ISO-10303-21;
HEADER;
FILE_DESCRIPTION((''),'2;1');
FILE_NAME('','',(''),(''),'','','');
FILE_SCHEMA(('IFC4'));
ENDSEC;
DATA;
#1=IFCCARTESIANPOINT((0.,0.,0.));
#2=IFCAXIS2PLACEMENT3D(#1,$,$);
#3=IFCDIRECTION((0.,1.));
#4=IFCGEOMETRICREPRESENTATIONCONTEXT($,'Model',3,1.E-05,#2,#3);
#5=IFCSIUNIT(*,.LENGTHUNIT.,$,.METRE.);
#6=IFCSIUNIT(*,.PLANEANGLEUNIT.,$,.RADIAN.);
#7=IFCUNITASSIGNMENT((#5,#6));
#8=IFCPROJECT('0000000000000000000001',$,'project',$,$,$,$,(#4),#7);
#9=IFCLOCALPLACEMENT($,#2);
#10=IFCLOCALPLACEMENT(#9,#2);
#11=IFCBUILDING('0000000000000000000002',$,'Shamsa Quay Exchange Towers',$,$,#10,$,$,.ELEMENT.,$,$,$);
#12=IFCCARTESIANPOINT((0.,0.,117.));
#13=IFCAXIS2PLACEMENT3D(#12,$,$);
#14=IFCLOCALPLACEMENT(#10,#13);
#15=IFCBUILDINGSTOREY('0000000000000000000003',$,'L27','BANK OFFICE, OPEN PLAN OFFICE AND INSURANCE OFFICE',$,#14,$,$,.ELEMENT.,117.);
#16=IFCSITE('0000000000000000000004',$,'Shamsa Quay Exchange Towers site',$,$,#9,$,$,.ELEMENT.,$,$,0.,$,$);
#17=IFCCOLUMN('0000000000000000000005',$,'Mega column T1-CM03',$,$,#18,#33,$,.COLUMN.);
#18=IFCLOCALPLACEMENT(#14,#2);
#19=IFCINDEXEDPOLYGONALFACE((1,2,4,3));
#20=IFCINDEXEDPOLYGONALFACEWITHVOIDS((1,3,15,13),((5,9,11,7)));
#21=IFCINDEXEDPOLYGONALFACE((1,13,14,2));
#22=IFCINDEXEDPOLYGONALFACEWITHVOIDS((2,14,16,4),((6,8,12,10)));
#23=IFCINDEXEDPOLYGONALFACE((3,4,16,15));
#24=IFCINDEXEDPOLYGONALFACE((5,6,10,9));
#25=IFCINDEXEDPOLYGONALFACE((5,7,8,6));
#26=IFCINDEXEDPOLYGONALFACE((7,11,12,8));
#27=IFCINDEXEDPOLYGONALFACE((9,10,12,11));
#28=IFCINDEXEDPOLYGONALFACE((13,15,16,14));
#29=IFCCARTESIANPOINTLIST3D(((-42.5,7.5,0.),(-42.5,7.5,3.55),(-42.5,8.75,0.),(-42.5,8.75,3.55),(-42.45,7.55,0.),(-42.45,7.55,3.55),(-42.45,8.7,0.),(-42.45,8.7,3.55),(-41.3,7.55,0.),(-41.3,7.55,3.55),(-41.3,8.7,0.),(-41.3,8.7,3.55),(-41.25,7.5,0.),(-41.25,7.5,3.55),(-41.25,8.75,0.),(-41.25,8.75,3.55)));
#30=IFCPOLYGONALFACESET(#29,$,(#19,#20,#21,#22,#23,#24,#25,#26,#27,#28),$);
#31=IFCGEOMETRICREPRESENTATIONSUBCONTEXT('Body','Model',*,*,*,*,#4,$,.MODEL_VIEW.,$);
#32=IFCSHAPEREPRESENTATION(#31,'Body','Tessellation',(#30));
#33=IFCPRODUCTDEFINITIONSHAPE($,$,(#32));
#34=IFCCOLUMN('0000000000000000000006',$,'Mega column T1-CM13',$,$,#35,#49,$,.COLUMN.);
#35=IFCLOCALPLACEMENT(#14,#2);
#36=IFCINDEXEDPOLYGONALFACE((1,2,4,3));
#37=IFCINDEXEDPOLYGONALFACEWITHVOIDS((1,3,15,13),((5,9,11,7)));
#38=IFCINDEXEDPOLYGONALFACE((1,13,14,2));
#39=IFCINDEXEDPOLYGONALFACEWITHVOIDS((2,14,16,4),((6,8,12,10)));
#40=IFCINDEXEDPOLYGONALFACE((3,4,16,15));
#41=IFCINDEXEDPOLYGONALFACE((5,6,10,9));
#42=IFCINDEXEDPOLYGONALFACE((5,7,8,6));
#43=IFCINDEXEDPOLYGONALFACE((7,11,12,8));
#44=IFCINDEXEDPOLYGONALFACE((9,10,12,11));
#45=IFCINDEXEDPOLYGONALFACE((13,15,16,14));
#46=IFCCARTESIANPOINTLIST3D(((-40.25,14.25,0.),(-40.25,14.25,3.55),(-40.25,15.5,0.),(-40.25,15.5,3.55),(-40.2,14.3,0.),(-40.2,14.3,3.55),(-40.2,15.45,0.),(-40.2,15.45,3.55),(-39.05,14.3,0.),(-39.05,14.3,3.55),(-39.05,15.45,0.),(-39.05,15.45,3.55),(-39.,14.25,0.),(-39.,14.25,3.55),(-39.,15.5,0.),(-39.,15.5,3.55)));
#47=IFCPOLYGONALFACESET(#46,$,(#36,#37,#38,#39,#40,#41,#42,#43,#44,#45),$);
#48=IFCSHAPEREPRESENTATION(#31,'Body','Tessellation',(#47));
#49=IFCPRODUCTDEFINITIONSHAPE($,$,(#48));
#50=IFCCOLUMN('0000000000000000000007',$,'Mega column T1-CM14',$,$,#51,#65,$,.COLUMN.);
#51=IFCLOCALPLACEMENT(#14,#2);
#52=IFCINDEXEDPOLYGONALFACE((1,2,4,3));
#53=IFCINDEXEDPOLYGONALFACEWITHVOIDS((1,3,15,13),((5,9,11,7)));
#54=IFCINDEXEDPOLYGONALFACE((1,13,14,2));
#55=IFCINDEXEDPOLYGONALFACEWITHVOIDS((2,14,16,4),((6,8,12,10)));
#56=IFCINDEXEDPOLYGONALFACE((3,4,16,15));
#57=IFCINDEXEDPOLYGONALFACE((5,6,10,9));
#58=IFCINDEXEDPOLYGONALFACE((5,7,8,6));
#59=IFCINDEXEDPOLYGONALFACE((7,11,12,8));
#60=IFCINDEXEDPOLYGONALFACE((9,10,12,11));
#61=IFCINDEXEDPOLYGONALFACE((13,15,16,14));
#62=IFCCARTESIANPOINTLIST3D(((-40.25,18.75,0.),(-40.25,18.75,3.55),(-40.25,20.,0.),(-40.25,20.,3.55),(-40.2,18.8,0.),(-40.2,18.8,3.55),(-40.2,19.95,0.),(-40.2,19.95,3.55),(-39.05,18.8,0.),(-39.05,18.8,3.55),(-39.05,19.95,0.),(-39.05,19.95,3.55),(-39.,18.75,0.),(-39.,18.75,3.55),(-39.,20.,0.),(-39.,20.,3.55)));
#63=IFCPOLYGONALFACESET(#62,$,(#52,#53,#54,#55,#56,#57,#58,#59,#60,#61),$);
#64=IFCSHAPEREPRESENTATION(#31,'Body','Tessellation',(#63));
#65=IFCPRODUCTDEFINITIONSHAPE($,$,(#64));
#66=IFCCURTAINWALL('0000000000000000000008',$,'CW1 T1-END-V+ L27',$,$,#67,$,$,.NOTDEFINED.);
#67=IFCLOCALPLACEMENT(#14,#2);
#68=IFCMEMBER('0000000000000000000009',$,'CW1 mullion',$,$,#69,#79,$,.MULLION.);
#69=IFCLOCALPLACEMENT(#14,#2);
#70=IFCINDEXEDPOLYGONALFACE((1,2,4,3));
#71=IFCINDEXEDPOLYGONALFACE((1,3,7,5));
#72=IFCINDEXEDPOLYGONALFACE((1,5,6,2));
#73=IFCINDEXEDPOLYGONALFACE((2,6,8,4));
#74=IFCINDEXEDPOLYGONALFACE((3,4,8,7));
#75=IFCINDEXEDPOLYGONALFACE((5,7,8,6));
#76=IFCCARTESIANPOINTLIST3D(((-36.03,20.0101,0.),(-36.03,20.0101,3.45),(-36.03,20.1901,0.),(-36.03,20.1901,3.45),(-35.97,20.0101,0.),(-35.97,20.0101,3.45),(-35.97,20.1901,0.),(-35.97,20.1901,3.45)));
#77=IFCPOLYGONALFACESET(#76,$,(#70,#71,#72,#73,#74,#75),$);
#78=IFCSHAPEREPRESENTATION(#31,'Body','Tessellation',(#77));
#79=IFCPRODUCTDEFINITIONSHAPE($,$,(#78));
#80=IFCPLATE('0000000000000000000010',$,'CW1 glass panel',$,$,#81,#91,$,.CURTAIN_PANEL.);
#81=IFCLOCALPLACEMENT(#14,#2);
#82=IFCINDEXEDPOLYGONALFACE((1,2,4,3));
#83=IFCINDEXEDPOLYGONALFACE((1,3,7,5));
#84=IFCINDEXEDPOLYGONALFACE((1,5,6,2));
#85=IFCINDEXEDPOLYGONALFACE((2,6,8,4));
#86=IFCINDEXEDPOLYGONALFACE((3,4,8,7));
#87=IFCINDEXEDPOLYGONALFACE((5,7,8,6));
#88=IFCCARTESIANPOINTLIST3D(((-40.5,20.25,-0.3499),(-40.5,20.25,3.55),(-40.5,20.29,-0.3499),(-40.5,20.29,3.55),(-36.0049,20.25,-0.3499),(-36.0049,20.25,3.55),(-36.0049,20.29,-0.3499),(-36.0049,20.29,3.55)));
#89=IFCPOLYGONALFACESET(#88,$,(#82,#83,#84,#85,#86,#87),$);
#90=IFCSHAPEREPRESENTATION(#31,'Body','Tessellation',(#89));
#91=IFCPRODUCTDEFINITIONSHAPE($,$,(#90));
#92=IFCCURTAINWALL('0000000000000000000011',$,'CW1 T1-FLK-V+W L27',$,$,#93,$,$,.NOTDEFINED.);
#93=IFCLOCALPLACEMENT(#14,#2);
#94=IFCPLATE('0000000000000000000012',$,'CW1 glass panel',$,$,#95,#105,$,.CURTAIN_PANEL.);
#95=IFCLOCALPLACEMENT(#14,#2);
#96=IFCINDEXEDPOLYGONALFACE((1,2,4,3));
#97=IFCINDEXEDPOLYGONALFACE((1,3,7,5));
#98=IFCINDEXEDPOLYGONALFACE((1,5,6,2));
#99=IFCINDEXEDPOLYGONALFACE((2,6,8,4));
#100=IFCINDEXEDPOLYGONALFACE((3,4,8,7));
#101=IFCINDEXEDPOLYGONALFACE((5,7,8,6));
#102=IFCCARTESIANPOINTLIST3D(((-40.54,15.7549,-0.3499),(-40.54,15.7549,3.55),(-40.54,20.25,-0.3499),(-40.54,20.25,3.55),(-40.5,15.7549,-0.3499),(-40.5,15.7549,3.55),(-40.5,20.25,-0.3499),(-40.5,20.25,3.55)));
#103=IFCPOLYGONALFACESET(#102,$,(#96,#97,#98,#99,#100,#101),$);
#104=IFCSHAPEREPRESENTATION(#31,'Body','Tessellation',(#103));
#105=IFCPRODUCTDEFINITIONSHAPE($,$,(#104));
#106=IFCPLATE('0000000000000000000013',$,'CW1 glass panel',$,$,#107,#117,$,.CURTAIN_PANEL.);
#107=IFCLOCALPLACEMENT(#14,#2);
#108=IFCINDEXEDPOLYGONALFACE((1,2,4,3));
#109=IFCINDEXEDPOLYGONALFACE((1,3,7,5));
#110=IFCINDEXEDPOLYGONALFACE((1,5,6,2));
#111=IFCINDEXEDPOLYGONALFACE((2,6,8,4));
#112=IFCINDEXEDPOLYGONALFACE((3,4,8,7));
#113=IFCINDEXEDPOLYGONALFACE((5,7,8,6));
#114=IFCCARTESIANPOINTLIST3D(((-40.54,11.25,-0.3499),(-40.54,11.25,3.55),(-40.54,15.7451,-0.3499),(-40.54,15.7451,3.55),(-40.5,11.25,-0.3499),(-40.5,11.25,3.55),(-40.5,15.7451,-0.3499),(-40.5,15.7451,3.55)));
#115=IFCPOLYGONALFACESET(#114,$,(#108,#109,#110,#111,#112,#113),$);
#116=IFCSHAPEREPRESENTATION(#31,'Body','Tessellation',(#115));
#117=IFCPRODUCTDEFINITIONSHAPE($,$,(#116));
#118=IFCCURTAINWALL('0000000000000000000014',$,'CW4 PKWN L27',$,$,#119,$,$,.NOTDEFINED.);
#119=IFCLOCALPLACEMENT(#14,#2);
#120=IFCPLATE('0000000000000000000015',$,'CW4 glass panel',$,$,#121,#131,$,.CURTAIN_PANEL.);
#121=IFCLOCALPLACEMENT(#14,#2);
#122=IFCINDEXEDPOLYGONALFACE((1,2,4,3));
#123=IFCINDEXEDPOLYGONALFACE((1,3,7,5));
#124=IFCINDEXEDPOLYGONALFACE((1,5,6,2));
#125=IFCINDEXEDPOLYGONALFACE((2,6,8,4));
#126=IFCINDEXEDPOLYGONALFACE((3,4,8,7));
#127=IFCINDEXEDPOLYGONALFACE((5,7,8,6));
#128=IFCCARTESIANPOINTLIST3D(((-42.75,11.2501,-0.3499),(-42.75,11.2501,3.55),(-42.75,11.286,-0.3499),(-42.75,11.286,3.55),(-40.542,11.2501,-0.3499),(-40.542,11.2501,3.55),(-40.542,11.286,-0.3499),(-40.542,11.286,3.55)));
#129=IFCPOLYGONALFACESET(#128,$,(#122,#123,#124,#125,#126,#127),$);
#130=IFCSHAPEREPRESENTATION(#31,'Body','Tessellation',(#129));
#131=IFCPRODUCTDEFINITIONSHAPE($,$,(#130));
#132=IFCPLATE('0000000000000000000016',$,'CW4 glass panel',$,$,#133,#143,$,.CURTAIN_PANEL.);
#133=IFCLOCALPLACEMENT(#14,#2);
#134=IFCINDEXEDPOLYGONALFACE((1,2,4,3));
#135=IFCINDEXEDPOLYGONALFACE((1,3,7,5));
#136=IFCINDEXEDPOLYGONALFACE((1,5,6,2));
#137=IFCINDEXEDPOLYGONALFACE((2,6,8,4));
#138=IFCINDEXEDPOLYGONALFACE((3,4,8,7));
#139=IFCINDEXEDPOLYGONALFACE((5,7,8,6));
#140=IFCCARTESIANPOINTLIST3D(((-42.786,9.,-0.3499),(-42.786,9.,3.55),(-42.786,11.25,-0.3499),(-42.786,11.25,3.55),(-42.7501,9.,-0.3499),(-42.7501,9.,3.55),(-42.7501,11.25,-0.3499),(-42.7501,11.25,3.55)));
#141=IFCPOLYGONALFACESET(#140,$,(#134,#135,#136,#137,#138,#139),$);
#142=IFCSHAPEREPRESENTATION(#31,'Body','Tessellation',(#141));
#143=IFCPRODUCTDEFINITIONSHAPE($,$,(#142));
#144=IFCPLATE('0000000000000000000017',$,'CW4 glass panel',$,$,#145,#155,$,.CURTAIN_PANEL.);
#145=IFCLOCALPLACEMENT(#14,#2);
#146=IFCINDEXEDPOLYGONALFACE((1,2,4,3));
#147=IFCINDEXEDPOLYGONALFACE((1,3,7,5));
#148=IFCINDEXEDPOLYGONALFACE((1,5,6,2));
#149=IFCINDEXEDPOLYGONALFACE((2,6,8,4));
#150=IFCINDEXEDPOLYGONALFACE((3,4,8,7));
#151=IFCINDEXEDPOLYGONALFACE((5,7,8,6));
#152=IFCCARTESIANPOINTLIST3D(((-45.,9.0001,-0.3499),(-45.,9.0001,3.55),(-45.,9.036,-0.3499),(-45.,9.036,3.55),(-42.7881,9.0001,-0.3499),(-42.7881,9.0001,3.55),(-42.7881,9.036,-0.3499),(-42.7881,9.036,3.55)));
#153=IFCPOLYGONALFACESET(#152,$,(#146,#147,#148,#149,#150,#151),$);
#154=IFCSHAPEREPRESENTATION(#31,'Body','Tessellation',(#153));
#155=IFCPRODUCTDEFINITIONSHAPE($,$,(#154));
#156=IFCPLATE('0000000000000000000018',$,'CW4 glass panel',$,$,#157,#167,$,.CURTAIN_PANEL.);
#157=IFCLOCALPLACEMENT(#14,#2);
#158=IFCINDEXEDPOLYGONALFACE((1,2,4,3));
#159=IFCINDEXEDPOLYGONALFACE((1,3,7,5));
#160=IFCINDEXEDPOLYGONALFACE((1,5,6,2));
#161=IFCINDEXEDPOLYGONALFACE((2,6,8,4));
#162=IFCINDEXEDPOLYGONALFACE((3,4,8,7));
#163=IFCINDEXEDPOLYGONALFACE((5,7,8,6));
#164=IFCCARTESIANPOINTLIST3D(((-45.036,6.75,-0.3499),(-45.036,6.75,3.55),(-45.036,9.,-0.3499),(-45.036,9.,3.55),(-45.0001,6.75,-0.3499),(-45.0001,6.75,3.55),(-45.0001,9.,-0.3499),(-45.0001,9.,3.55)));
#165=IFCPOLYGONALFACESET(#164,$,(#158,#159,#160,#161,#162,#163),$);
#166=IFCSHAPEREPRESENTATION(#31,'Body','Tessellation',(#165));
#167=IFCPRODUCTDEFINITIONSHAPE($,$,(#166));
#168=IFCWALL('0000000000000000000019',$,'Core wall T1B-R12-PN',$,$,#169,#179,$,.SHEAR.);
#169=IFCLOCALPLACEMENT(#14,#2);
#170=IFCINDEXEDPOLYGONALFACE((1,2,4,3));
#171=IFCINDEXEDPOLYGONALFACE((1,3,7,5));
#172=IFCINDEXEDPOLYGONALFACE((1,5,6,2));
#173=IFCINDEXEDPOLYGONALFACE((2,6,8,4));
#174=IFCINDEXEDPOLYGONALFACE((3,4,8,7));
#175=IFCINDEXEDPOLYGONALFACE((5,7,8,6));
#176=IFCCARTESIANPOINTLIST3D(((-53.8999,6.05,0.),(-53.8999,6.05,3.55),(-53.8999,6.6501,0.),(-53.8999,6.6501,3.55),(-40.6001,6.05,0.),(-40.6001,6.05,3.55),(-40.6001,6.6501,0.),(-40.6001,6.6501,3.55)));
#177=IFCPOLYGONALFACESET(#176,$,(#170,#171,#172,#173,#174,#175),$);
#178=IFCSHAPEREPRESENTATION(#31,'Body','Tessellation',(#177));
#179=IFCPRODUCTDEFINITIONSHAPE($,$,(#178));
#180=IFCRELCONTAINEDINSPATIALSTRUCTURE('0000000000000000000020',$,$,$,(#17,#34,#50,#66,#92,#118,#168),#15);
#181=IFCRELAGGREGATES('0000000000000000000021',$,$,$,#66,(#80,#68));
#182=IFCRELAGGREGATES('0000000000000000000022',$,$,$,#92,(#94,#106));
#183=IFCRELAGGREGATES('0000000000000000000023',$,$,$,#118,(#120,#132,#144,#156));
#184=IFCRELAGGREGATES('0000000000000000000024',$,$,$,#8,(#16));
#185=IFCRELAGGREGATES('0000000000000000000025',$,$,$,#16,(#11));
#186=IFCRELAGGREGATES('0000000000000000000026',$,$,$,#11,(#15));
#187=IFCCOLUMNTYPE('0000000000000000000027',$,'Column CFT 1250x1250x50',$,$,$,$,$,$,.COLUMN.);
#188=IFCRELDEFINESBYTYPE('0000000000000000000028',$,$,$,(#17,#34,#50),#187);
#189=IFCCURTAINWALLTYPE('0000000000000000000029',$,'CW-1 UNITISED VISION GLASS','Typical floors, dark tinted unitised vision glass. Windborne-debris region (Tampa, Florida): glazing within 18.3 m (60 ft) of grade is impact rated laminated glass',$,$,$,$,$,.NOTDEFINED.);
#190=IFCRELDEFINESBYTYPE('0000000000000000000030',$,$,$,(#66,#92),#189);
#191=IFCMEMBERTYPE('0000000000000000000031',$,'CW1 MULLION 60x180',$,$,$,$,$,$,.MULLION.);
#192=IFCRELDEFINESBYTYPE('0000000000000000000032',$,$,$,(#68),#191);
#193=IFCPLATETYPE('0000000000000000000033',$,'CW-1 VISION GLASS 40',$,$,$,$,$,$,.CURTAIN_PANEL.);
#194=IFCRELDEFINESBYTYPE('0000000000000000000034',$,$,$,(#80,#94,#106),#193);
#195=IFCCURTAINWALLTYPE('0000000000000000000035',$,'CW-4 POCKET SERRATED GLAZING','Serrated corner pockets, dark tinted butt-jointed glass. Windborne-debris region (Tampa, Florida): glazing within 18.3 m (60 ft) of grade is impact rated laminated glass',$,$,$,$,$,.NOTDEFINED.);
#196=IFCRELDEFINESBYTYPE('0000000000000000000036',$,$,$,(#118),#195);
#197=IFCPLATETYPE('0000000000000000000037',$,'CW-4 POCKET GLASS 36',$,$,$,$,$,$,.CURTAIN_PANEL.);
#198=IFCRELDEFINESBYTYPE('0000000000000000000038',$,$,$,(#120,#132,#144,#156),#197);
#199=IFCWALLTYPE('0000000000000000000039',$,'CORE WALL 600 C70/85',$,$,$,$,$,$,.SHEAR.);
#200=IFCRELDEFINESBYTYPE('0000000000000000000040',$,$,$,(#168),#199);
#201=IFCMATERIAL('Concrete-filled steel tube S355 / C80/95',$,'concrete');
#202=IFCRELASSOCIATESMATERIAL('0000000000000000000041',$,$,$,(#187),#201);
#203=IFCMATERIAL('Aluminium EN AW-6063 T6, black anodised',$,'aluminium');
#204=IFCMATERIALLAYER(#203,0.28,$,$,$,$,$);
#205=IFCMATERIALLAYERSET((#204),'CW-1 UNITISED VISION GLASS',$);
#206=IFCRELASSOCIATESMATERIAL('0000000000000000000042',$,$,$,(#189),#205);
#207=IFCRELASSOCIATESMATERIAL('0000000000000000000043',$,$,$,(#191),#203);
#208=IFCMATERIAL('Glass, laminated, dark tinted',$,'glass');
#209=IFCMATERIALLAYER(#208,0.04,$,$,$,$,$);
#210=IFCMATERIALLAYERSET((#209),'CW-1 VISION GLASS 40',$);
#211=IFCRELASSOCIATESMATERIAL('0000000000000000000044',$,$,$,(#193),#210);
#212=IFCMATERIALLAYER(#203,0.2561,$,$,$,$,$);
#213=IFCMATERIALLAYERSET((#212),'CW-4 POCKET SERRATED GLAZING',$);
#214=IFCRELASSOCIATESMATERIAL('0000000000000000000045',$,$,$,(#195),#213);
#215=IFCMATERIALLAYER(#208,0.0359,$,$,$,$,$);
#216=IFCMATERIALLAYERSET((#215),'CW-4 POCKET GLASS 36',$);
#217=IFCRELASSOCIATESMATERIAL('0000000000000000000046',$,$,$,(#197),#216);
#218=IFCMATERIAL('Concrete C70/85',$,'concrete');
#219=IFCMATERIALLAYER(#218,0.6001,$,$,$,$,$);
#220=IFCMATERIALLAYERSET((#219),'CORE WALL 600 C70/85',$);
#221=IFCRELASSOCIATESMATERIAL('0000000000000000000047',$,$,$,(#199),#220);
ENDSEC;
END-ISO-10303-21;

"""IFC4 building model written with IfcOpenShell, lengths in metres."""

from ifc_helpers import new_model, si_unit, direction, frame, frame_2d, origin, origin_2d, place, context, subcontext, project, spatial, rectangle, hollow_rectangle, extrude, material, layer, layer_set, material_profile, profile_set, type_object, element, aggregate, save


model = new_model("IFC4")

# Units and contexts
model_context = context("Model", 3, precision=1e-05, world=origin(), true_north=direction((0.0, 1.0)))
body_context = subcontext(model_context, "Body", "Model", "MODEL_VIEW")
ifc_project = project(units=[si_unit("LENGTHUNIT", "METRE"), si_unit("PLANEANGLEUNIT", "RADIAN")], contexts=[model_context])

# Site, building, storey
site_placement = place(None, origin())
site = spatial("IfcSite", under=ifc_project, at=site_placement, Name="Shamsa Quay Exchange Towers site", CompositionType="ELEMENT", RefElevation=0.0)
building_placement = place(site_placement, origin())
building = spatial("IfcBuilding", under=site, at=building_placement, Name="Shamsa Quay Exchange Towers", CompositionType="ELEMENT")
storey_placement = place(building_placement, frame((0.0, 0.0, 117.0)))
storey = spatial("IfcBuildingStorey", under=building, at=storey_placement, Name="L27", Description="BANK OFFICE, OPEN PLAN OFFICE AND INSURANCE OFFICE", CompositionType="ELEMENT", Elevation=117.0)

# Columns
ifc_material_1 = material(Name="Concrete-filled steel tube S355 / C80/95", Category="concrete")
ifc_material_profile_1 = material_profile(ifc_material_1, hollow_rectangle(XDim=1.25, YDim=1.25, WallThickness=0.05, at=origin_2d()), Name="CFT 1250x1250x50")
ifc_profile_set_1 = profile_set([ifc_material_profile_1], Name="Concrete-filled steel tube S355 / C80/95")
column_type = type_object("IfcColumnType", Name="Column CFT 1250x1250x50", PredefinedType="COLUMN", material=ifc_profile_set_1)
for number, where, name in (
    (1, (-41.875, 8.125, 0.0), "Mega column T1-CM03"),
    (2, (-39.625, 14.875, 0.0), "Mega column T1-CM13"),
    (3, (-39.625, 19.375, 0.0), "Mega column T1-CM14"),
):
    element("IfcColumn", number, at=place(storey_placement, frame(where)), inside=storey, type_object=column_type, Name=name, PredefinedType="COLUMN", context=body_context, shape_type="SweptSolid", body=[
        extrude(hollow_rectangle(XDim=1.25, YDim=1.25, WallThickness=0.05, at=origin_2d()), origin(), (0.0, 0.0, 1.0), 3.55),
    ])

# Curtain wall, member, plate
ifc_material_2 = material(Name="Aluminium EN AW-6063 T6, black anodised", Category="aluminium")
ifc_layer_1 = layer(ifc_material_2, 0.28)
ifc_layer_set_1 = layer_set([ifc_layer_1], Name="CW-1 UNITISED VISION GLASS")
curtain_wall_type_1 = type_object("IfcCurtainWallType", Name="CW-1 UNITISED VISION GLASS", Description="Typical floors, dark tinted unitised vision glass. Windborne-debris region (Tampa, Florida): glazing within 18.3 m (60 ft) of grade is impact rated laminated glass", PredefinedType="NOTDEFINED", material=ifc_layer_set_1)
curtain_wall_1_placement = place(storey_placement, origin())
curtain_wall_1 = element("IfcCurtainWall", 4, at=curtain_wall_1_placement, inside=storey, type_object=curtain_wall_type_1, Name="CW1 T1-END-V+ L27", PredefinedType="NOTDEFINED")
ifc_material_profile_2 = material_profile(ifc_material_2, rectangle(XDim=0.1799, YDim=0.0601, at=origin_2d()), Name="MU60x180")
ifc_profile_set_2 = profile_set([ifc_material_profile_2], Name="Aluminium EN AW-6063 T6, black anodised")
member_type = type_object("IfcMemberType", Name="CW1 MULLION 60x180", PredefinedType="MULLION", material=ifc_profile_set_2)
member_placement = place(storey_placement, frame((-36.0, 20.1001, 0.0), z_axis=(0.0, 0.0, 1.0), x_axis=(0.0, -1.0, 0.0)))
member = element("IfcMember", 5, at=member_placement, type_object=member_type, Name="CW1 mullion", PredefinedType="MULLION", context=body_context, shape_type="SweptSolid", body=[
    extrude(rectangle(XDim=0.1799, YDim=0.0601, at=origin_2d()), origin(), (0.0, 0.0, 1.0), 3.45),
])
ifc_material_3 = material(Name="Glass, laminated, dark tinted", Category="glass")
ifc_layer_2 = layer(ifc_material_3, 0.04)
ifc_layer_set_2 = layer_set([ifc_layer_2], Name="CW-1 VISION GLASS 40")
plate_type_1 = type_object("IfcPlateType", Name="CW-1 VISION GLASS 40", PredefinedType="CURTAIN_PANEL", material=ifc_layer_set_2)
plate_1_placement = place(storey_placement, frame((-38.2524, 20.27, -0.3499), z_axis=(0.0, 0.0, 1.0), x_axis=(-1.0, 0.0, 0.0)))
plate_1 = element("IfcPlate", 6, at=plate_1_placement, type_object=plate_type_1, Name="CW1 glass panel", PredefinedType="CURTAIN_PANEL", context=body_context, shape_type="SweptSolid", body=[
    extrude(rectangle(XDim=4.4951, YDim=0.04, at=origin_2d()), origin(), (0.0, 0.0, 1.0), 3.8999),
])
aggregate(curtain_wall_1, [plate_1, member])

# Curtain walls, plates
curtain_wall_2_placement = place(storey_placement, origin())
curtain_wall_2 = element("IfcCurtainWall", 7, at=curtain_wall_2_placement, inside=storey, type_object=curtain_wall_type_1, Name="CW1 T1-FLK-V+W L27", PredefinedType="NOTDEFINED")
plate_2_placement = place(storey_placement, frame((-40.52, 18.0024, -0.3499), z_axis=(0.0, 0.0, 1.0), x_axis=(0.0, -1.0, 0.0)))
plate_2 = element("IfcPlate", 8, at=plate_2_placement, type_object=plate_type_1, Name="CW1 glass panel", PredefinedType="CURTAIN_PANEL", context=body_context, shape_type="SweptSolid", body=[
    extrude(rectangle(XDim=4.4951, YDim=0.04, at=origin_2d()), origin(), (0.0, 0.0, 1.0), 3.8999),
])
plate_3_placement = place(storey_placement, frame((-40.52, 13.4976, -0.3499), z_axis=(0.0, 0.0, 1.0), x_axis=(0.0, -1.0, 0.0)))
plate_3 = element("IfcPlate", 9, at=plate_3_placement, type_object=plate_type_1, Name="CW1 glass panel", PredefinedType="CURTAIN_PANEL", context=body_context, shape_type="SweptSolid", body=[
    extrude(rectangle(XDim=4.4951, YDim=0.04, at=origin_2d()), origin(), (0.0, 0.0, 1.0), 3.8999),
])
aggregate(curtain_wall_2, [plate_2, plate_3])
ifc_layer_3 = layer(ifc_material_2, 0.2561)
ifc_layer_set_3 = layer_set([ifc_layer_3], Name="CW-4 POCKET SERRATED GLAZING")
curtain_wall_type_2 = type_object("IfcCurtainWallType", Name="CW-4 POCKET SERRATED GLAZING", Description="Serrated corner pockets, dark tinted butt-jointed glass. Windborne-debris region (Tampa, Florida): glazing within 18.3 m (60 ft) of grade is impact rated laminated glass", PredefinedType="NOTDEFINED", material=ifc_layer_set_3)
curtain_wall_3_placement = place(storey_placement, origin())
curtain_wall_3 = element("IfcCurtainWall", 10, at=curtain_wall_3_placement, inside=storey, type_object=curtain_wall_type_2, Name="CW4 PKWN L27", PredefinedType="NOTDEFINED")
ifc_layer_4 = layer(ifc_material_3, 0.0359)
ifc_layer_set_4 = layer_set([ifc_layer_4], Name="CW-4 POCKET GLASS 36")
plate_type_2 = type_object("IfcPlateType", Name="CW-4 POCKET GLASS 36", PredefinedType="CURTAIN_PANEL", material=ifc_layer_set_4)
plate_4_placement = place(storey_placement, frame((-41.646, 11.2681, -0.3499), z_axis=(0.0, 0.0, 1.0), x_axis=(-1.0, 0.0, 0.0)))
plate_4 = element("IfcPlate", 11, at=plate_4_placement, type_object=plate_type_2, Name="CW4 glass panel", PredefinedType="CURTAIN_PANEL", context=body_context, shape_type="SweptSolid", body=[
    extrude(rectangle(XDim=2.208, YDim=0.0359, at=origin_2d()), origin(), (0.0, 0.0, 1.0), 3.8999),
])
plate_5_placement = place(storey_placement, frame((-42.7681, 10.125, -0.3499), z_axis=(0.0, 0.0, 1.0), x_axis=(0.0, -1.0, 0.0)))
plate_5 = element("IfcPlate", 12, at=plate_5_placement, type_object=plate_type_2, Name="CW4 glass panel", PredefinedType="CURTAIN_PANEL", context=body_context, shape_type="SweptSolid", body=[
    extrude(rectangle(XDim=2.25, YDim=0.0359, at=origin_2d()), origin(), (0.0, 0.0, 1.0), 3.8999),
])
plate_6_placement = place(storey_placement, frame((-43.894, 9.0181, -0.3499), z_axis=(0.0, 0.0, 1.0), x_axis=(-1.0, 0.0, 0.0)))
plate_6 = element("IfcPlate", 13, at=plate_6_placement, type_object=plate_type_2, Name="CW4 glass panel", PredefinedType="CURTAIN_PANEL", context=body_context, shape_type="SweptSolid", body=[
    extrude(rectangle(XDim=2.2119, YDim=0.0359, at=origin_2d()), origin(), (0.0, 0.0, 1.0), 3.8999),
])
plate_7_placement = place(storey_placement, frame((-45.0181, 7.875, -0.3499), z_axis=(0.0, 0.0, 1.0), x_axis=(0.0, -1.0, 0.0)))
plate_7 = element("IfcPlate", 14, at=plate_7_placement, type_object=plate_type_2, Name="CW4 glass panel", PredefinedType="CURTAIN_PANEL", context=body_context, shape_type="SweptSolid", body=[
    extrude(rectangle(XDim=2.25, YDim=0.0359, at=origin_2d()), origin(), (0.0, 0.0, 1.0), 3.8999),
])
aggregate(curtain_wall_3, [plate_4, plate_5, plate_6, plate_7])

# Wall
ifc_material_4 = material(Name="Concrete C70/85", Category="concrete")
ifc_layer_5 = layer(ifc_material_4, 0.6001)
ifc_layer_set_5 = layer_set([ifc_layer_5], Name="CORE WALL 600 C70/85")
wall_type_1 = type_object("IfcWallType", Name="CORE WALL 600 C70/85", PredefinedType="SHEAR", material=ifc_layer_set_5)
wall_1_placement = place(storey_placement, frame((-40.6001, 6.3501, 0.0), z_axis=(0.0, 0.0, 1.0), x_axis=(-1.0, 0.0, 0.0)))
element("IfcWall", 15, at=wall_1_placement, inside=storey, type_object=wall_type_1, Name="Core wall T1B-R12-PN", PredefinedType="SHEAR", context=body_context, shape_type="SweptSolid", body=[
    extrude(rectangle(XDim=13.2998, YDim=0.6001, at=frame_2d((6.6499, 0.0))), origin(), (0.0, 0.0, 1.0), 3.55),
])

save(model, "model.ifc")
